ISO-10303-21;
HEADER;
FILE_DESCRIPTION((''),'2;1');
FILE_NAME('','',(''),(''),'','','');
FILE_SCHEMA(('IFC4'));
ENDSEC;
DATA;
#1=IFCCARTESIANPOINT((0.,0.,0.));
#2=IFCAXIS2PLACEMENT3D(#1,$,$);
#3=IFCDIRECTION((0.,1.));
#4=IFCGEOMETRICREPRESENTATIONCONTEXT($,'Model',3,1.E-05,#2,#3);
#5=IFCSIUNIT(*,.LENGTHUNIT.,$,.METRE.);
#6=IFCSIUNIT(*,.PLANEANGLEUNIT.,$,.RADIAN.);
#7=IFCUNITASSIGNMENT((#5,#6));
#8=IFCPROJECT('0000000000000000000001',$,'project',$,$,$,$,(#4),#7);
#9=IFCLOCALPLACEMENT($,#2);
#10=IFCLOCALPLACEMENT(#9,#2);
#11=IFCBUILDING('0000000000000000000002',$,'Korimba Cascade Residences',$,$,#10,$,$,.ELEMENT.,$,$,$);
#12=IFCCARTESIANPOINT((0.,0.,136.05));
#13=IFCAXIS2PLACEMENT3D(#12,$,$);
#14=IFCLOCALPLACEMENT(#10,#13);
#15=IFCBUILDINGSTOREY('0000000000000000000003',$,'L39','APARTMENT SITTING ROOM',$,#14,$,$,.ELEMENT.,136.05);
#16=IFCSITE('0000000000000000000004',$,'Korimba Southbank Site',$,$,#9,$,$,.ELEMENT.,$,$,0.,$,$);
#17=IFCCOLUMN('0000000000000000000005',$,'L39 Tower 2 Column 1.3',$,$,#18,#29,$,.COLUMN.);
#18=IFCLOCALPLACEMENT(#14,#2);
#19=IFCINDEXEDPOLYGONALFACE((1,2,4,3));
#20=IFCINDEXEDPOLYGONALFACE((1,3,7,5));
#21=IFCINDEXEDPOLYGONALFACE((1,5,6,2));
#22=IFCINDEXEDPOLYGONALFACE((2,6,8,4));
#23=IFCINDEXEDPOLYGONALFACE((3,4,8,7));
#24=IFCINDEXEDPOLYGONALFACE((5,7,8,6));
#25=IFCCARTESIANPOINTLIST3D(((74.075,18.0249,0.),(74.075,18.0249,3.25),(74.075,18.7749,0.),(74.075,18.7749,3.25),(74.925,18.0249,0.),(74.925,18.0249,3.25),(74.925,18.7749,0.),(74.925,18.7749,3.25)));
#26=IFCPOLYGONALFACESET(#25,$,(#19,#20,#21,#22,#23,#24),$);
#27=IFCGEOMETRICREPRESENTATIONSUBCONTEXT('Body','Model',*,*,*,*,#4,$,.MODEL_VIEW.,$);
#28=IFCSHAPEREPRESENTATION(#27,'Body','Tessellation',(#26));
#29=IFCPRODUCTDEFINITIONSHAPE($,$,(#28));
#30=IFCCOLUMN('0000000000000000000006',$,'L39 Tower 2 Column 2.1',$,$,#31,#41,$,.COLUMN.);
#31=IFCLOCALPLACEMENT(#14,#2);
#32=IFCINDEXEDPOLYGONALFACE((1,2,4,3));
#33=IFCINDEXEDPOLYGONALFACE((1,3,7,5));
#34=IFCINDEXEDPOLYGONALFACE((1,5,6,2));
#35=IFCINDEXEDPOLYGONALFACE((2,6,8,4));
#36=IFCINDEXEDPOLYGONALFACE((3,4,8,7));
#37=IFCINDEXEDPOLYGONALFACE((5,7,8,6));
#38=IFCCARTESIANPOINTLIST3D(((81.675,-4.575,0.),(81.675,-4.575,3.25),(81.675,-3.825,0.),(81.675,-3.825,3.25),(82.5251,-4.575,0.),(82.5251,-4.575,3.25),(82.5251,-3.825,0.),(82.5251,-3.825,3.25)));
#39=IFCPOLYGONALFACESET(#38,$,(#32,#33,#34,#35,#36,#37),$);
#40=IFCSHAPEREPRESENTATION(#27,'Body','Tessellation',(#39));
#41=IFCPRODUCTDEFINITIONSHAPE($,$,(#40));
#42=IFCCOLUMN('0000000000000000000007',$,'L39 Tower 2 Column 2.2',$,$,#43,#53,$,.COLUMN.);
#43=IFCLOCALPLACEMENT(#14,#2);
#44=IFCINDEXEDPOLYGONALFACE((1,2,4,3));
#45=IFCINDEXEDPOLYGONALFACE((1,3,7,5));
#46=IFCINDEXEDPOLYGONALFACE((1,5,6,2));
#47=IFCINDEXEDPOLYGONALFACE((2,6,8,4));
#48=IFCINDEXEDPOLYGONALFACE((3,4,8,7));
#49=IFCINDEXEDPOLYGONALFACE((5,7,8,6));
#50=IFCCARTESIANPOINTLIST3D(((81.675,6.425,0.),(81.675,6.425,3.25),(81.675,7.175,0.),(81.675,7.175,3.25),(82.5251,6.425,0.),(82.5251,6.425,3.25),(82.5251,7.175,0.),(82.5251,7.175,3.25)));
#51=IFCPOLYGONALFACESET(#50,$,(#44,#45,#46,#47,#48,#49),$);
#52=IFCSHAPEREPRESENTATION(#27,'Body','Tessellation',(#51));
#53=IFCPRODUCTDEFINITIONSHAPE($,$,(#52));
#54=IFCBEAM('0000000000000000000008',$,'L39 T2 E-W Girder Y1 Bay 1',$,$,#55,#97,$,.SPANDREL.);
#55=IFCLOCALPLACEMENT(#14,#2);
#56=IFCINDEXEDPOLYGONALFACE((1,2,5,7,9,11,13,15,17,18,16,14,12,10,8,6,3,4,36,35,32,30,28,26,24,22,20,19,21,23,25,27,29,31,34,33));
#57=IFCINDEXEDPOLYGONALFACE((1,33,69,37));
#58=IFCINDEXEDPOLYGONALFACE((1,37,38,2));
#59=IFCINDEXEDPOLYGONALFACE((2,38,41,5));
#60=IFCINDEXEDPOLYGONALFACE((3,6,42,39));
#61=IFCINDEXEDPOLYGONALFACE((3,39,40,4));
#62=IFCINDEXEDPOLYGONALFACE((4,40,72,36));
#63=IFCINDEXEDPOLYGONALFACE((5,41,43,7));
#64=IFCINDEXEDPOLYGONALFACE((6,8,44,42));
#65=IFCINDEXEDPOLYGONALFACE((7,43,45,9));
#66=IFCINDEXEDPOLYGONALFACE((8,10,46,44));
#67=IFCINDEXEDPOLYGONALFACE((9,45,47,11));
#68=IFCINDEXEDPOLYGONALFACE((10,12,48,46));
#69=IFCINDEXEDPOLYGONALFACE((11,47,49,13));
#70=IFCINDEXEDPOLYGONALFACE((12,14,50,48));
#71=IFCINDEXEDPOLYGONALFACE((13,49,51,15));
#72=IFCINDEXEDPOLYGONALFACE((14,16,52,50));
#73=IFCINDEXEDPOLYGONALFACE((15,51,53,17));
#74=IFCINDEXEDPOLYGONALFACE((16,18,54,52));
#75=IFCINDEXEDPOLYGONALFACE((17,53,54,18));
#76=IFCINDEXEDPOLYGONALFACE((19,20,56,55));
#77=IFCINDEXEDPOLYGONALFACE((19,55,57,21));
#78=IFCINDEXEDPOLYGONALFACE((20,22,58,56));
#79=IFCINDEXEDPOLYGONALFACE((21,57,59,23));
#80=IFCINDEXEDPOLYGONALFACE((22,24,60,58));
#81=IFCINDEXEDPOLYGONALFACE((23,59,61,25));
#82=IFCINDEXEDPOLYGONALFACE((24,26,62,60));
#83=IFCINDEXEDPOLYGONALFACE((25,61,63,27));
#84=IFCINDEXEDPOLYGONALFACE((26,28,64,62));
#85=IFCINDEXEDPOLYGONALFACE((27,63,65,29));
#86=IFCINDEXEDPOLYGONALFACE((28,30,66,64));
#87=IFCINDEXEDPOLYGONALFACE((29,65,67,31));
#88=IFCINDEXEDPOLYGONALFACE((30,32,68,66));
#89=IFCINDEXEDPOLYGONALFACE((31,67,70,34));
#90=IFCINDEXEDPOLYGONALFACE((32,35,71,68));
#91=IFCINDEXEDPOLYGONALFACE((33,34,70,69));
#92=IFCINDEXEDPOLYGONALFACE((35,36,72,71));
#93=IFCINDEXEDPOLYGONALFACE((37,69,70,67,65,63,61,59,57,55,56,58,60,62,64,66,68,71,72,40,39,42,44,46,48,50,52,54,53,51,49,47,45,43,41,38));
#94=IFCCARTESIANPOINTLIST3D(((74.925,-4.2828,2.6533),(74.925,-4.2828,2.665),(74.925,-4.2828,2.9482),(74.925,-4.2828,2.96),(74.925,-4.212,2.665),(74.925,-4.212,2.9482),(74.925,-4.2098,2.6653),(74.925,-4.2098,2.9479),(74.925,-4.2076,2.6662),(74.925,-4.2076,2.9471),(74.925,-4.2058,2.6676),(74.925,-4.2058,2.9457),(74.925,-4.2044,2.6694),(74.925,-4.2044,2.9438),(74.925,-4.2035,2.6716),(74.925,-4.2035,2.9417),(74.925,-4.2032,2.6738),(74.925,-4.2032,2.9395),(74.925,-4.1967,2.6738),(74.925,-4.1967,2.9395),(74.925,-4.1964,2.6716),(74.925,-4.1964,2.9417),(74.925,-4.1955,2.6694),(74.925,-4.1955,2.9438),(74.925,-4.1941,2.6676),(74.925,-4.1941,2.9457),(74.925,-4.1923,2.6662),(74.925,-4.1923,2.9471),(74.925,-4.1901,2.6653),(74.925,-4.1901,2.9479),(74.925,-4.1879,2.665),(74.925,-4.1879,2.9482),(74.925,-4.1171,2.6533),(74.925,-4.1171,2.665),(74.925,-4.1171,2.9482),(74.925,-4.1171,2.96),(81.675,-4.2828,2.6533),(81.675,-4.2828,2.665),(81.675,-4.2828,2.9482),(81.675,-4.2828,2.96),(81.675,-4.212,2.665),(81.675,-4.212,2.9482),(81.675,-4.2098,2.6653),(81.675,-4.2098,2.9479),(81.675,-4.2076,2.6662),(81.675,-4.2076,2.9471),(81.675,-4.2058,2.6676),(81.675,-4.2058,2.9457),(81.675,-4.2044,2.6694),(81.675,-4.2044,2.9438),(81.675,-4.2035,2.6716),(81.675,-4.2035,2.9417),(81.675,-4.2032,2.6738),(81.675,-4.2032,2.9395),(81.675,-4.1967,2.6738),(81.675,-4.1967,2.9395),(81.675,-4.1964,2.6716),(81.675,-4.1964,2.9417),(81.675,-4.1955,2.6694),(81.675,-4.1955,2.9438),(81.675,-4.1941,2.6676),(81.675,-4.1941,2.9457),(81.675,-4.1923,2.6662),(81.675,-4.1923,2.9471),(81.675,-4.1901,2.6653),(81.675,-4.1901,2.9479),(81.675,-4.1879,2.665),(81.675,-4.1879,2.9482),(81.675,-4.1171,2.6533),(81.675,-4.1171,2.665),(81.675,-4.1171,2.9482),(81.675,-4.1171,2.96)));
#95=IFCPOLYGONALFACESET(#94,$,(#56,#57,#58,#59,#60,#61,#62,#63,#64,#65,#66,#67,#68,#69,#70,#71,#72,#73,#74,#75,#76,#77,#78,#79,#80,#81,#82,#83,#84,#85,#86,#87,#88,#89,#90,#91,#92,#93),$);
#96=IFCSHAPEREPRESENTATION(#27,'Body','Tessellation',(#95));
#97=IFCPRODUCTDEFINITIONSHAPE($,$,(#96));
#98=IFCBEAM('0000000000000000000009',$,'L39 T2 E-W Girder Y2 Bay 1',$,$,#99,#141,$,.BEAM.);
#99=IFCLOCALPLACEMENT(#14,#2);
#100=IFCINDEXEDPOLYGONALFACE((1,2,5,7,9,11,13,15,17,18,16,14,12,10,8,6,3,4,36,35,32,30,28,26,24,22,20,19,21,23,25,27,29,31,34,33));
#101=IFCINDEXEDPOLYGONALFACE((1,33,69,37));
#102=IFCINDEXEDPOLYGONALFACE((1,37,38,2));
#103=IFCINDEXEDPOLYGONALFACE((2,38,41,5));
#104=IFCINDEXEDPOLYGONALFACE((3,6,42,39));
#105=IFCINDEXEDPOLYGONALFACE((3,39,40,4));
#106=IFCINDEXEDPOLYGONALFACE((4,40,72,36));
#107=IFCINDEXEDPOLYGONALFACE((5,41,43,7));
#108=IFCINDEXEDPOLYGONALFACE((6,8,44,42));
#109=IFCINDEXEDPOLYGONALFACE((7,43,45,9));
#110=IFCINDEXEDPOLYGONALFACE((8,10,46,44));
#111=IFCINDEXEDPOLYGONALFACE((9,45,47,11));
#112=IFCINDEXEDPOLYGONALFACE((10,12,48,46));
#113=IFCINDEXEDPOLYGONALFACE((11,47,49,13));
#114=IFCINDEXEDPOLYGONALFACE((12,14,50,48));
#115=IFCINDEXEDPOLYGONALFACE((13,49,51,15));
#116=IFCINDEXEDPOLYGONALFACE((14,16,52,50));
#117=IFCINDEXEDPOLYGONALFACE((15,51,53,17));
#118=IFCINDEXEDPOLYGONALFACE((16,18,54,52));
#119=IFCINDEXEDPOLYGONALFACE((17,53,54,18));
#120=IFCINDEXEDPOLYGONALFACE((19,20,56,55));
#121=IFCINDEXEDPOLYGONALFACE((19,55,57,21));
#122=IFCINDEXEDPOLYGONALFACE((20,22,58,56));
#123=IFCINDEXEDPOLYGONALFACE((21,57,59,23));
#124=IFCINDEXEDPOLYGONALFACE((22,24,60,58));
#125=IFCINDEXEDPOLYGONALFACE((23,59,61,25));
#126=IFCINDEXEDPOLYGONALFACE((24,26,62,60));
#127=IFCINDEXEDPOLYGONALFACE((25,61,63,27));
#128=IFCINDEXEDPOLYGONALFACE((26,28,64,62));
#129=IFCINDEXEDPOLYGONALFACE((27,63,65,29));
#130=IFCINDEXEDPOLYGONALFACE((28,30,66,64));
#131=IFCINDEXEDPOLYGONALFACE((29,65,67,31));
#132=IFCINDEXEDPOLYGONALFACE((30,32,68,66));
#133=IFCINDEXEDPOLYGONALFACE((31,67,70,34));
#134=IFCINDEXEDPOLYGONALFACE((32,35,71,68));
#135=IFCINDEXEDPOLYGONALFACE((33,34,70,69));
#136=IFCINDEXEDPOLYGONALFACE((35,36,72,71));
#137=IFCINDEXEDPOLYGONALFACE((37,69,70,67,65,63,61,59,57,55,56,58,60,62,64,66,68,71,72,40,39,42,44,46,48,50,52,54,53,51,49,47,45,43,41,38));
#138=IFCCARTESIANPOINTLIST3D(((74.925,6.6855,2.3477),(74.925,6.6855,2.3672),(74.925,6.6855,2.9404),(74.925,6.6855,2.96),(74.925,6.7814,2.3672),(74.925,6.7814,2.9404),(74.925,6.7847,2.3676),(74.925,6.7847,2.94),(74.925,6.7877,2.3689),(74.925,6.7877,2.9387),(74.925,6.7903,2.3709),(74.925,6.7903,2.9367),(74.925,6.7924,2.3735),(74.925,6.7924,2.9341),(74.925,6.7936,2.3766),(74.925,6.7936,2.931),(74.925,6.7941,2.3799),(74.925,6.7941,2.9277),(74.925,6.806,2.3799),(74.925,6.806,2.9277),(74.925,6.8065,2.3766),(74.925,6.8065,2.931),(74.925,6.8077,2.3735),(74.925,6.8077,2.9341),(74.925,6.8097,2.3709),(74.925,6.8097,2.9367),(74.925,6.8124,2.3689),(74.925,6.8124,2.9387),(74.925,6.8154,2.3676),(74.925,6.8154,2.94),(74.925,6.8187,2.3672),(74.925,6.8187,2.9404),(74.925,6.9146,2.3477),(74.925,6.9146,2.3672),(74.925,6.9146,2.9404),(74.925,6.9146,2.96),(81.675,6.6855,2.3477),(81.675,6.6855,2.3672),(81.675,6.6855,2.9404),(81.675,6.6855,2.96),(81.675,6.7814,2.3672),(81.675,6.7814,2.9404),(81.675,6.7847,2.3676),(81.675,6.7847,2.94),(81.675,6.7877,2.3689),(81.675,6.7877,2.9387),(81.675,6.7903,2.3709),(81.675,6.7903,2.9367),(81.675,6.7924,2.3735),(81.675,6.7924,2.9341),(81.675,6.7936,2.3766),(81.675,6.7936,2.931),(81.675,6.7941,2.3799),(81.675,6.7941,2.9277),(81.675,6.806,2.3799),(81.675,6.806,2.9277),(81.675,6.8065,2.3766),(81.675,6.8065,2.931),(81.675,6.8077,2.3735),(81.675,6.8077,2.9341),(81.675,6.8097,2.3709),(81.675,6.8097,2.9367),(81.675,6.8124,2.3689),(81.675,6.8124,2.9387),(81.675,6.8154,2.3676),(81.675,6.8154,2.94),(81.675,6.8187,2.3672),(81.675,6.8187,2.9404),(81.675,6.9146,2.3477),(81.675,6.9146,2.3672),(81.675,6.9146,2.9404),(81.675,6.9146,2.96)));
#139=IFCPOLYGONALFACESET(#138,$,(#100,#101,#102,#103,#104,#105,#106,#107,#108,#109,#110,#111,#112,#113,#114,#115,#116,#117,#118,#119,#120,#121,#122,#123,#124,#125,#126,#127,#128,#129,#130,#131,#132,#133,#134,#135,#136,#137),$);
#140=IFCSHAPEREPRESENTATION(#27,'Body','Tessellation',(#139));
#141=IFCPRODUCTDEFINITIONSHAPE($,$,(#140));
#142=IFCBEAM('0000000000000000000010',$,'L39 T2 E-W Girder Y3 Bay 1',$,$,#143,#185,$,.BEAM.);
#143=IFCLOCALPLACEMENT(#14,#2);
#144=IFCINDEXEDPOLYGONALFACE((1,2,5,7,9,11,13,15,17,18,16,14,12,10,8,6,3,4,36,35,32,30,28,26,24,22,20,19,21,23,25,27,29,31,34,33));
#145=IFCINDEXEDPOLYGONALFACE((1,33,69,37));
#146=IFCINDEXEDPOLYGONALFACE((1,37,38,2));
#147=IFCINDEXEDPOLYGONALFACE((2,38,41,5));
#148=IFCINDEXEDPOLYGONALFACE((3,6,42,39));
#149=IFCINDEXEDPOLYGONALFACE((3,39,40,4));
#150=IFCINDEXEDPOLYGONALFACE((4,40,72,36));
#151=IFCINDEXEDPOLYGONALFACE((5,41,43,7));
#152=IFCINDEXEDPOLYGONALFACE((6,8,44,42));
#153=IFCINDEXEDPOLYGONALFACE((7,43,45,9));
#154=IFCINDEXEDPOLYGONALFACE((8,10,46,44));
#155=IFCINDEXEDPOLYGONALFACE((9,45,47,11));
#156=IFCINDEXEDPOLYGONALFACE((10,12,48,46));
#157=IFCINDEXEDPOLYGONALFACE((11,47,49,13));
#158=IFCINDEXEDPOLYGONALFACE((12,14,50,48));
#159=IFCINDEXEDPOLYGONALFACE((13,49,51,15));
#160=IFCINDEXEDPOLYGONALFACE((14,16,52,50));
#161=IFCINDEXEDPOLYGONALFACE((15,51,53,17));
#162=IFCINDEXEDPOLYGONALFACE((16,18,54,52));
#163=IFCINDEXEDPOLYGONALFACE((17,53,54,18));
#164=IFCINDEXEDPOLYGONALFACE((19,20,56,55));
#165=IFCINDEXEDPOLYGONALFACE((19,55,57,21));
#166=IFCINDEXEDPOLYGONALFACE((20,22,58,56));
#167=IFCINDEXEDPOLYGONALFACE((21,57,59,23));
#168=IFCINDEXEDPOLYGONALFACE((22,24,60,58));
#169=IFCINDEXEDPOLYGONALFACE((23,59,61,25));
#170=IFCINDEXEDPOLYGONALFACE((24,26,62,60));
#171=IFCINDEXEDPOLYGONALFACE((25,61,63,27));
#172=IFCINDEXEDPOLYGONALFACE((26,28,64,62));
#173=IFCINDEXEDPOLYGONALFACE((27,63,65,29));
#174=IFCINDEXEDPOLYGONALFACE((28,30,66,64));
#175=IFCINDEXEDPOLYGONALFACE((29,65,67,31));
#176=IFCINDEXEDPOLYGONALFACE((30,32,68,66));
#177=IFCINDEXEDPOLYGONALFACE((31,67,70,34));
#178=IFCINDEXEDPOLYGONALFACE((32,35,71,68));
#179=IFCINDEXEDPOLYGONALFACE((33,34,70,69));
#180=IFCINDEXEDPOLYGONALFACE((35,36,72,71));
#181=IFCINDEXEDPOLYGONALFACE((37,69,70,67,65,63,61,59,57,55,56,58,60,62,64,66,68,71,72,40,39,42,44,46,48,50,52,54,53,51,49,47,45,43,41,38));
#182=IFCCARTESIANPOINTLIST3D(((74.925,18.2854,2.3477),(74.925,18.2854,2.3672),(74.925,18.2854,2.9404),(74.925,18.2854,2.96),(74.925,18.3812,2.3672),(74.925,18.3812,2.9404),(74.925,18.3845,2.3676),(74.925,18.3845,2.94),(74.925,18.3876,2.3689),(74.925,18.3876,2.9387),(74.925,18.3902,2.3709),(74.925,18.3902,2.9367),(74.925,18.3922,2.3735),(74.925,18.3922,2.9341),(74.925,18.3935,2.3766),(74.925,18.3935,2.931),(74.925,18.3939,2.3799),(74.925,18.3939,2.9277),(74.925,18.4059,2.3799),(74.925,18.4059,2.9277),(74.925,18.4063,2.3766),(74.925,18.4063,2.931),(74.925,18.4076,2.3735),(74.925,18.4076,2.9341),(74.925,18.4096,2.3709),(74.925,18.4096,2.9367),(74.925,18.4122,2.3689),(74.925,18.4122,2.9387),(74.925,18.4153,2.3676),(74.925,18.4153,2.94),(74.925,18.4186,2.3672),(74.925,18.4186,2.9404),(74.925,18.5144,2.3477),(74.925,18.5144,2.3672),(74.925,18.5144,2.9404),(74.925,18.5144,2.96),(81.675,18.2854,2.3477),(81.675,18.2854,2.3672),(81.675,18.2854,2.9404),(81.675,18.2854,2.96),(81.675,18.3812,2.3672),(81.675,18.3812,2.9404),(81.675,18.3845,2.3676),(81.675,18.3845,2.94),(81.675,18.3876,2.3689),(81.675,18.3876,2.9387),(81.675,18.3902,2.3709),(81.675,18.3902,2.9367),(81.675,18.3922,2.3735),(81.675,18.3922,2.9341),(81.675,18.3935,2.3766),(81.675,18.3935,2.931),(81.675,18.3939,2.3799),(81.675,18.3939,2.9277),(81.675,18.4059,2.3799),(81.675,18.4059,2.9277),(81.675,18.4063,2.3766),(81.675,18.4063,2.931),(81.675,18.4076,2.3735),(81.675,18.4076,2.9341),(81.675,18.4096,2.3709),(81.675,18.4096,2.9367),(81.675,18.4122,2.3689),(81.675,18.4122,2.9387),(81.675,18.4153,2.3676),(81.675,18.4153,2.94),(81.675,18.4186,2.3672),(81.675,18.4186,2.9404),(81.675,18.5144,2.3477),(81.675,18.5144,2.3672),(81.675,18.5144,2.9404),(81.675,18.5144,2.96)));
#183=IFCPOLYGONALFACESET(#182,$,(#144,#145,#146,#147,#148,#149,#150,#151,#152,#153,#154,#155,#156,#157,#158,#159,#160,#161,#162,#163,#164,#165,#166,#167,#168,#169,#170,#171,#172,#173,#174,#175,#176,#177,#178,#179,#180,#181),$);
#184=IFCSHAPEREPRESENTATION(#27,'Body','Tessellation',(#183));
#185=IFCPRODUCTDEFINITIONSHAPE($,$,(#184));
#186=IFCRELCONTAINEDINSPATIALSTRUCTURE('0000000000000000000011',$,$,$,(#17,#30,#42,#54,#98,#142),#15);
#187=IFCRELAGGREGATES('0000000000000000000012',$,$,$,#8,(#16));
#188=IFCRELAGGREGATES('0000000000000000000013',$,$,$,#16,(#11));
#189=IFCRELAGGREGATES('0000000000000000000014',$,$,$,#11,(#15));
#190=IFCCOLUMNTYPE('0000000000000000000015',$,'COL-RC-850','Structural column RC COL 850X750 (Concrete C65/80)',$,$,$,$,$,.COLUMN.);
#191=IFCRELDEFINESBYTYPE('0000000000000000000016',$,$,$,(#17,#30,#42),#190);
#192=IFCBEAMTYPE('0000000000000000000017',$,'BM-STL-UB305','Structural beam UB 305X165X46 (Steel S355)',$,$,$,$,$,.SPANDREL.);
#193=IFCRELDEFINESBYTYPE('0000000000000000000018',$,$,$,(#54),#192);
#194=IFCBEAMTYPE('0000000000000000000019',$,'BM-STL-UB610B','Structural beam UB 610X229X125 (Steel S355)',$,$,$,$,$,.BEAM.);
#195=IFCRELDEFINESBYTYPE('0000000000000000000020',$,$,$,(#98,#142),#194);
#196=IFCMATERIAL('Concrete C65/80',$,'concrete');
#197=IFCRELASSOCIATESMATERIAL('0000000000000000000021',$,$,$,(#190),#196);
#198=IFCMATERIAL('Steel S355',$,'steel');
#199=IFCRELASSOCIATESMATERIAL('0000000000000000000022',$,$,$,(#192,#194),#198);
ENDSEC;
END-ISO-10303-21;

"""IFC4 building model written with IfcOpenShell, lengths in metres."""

from ifc_helpers import new_model, si_unit, direction, frame, origin, origin_2d, place, context, subcontext, project, spatial, rectangle, i_section, extrude, material, material_profile, profile_set, type_object, element, save


model = new_model("IFC4")

# Units and contexts
model_context = context("Model", 3, precision=1e-05, world=origin(), true_north=direction((0.0, 1.0)))
body_context = subcontext(model_context, "Body", "Model", "MODEL_VIEW")
ifc_project = project(units=[si_unit("LENGTHUNIT", "METRE"), si_unit("PLANEANGLEUNIT", "RADIAN")], contexts=[model_context])

# Site, building, storey
site_placement = place(None, origin())
site = spatial("IfcSite", under=ifc_project, at=site_placement, Name="Korimba Southbank Site", CompositionType="ELEMENT", RefElevation=0.0)
building_placement = place(site_placement, origin())
building = spatial("IfcBuilding", under=site, at=building_placement, Name="Korimba Cascade Residences", CompositionType="ELEMENT")
storey_placement = place(building_placement, frame((0.0, 0.0, 136.05)))
storey = spatial("IfcBuildingStorey", under=building, at=storey_placement, Name="L39", Description="APARTMENT SITTING ROOM", CompositionType="ELEMENT", Elevation=136.05)

# Columns
ifc_material_1 = material(Name="Concrete C65/80", Category="concrete")
ifc_material_profile_1 = material_profile(ifc_material_1, rectangle(XDim=0.8501, YDim=0.75, at=origin_2d()), Name="Concrete C65/80")
ifc_profile_set_1 = profile_set([ifc_material_profile_1], Name="Concrete C65/80")
column_type = type_object("IfcColumnType", Name="COL-RC-850", Description="Structural column RC COL 850X750 (Concrete C65/80)", PredefinedType="COLUMN", material=ifc_profile_set_1)
for number, where, z_axis, x_axis, name in (
    (1, (74.5, 18.3999, 0.0), (0.0, 0.0, 1.0), (1.0, 0.0, 0.0), "L39 Tower 2 Column 1.3"),
    (2, (82.1001, -4.2, 0.0), (0.0, 0.0, 1.0), (1.0, 0.0, 0.0), "L39 Tower 2 Column 2.1"),
    (3, (82.1001, 6.8, 0.0), (0.0, 0.0, 1.0), (1.0, 0.0, 0.0), "L39 Tower 2 Column 2.2"),
):
    element("IfcColumn", number, at=place(storey_placement, frame(where, z_axis=z_axis, x_axis=x_axis)), inside=storey, type_object=column_type, Name=name, PredefinedType="COLUMN", context=body_context, shape_type="SweptSolid", body=[
        extrude(rectangle(XDim=0.8501, YDim=0.75, at=origin_2d()), origin(), (0.0, 0.0, 1.0), 3.25),
    ])

# Beams
ifc_material_2 = material(Name="Steel S355", Category="steel")
ifc_material_profile_2 = material_profile(ifc_material_2, i_section(OverallWidth=0.1658, OverallDepth=0.3066, WebThickness=0.0066, FlangeThickness=0.0117, FilletRadius=0.0088, at=origin_2d()), Name="Steel S355")
ifc_profile_set_2 = profile_set([ifc_material_profile_2], Name="Steel S355")
beam_type_1 = type_object("IfcBeamType", Name="BM-STL-UB305", Description="Structural beam UB 305X165X46 (Steel S355)", PredefinedType="SPANDREL", material=ifc_profile_set_2)
beam_1_placement = place(storey_placement, frame((74.925, -4.2, 2.8066), z_axis=(1.0, 0.0, 0.0), x_axis=(0.0, 1.0, 0.0)))
element("IfcBeam", 4, at=beam_1_placement, inside=storey, type_object=beam_type_1, Name="L39 T2 E-W Girder Y1 Bay 1", PredefinedType="SPANDREL", context=body_context, shape_type="SweptSolid", body=[
    extrude(i_section(OverallWidth=0.1658, OverallDepth=0.3066, WebThickness=0.0066, FlangeThickness=0.0117, FilletRadius=0.0088, at=origin_2d()), origin(), (0.0, 0.0, 1.0), 6.75),
])
ifc_material_profile_3 = material_profile(ifc_material_2, i_section(OverallWidth=0.229, OverallDepth=0.6123, WebThickness=0.012, FlangeThickness=0.0195, FilletRadius=0.0127, at=origin_2d()), Name="Steel S355")
ifc_profile_set_3 = profile_set([ifc_material_profile_3], Name="Steel S355")
beam_type_2 = type_object("IfcBeamType", Name="BM-STL-UB610B", Description="Structural beam UB 610X229X125 (Steel S355)", PredefinedType="BEAM", material=ifc_profile_set_3)
for number, where, z_axis, x_axis, name in (
    (5, (74.925, 6.8, 2.6538), (1.0, 0.0, 0.0), (0.0, 1.0, 0.0), "L39 T2 E-W Girder Y2 Bay 1"),
    (6, (74.925, 18.3999, 2.6538), (1.0, 0.0, 0.0), (0.0, 1.0, 0.0), "L39 T2 E-W Girder Y3 Bay 1"),
):
    element("IfcBeam", number, at=place(storey_placement, frame(where, z_axis=z_axis, x_axis=x_axis)), inside=storey, type_object=beam_type_2, Name=name, PredefinedType="BEAM", context=body_context, shape_type="SweptSolid", body=[
        extrude(i_section(OverallWidth=0.229, OverallDepth=0.6123, WebThickness=0.012, FlangeThickness=0.0195, FilletRadius=0.0127, at=origin_2d()), origin(), (0.0, 0.0, 1.0), 6.75),
    ])

save(model, "model.ifc")
